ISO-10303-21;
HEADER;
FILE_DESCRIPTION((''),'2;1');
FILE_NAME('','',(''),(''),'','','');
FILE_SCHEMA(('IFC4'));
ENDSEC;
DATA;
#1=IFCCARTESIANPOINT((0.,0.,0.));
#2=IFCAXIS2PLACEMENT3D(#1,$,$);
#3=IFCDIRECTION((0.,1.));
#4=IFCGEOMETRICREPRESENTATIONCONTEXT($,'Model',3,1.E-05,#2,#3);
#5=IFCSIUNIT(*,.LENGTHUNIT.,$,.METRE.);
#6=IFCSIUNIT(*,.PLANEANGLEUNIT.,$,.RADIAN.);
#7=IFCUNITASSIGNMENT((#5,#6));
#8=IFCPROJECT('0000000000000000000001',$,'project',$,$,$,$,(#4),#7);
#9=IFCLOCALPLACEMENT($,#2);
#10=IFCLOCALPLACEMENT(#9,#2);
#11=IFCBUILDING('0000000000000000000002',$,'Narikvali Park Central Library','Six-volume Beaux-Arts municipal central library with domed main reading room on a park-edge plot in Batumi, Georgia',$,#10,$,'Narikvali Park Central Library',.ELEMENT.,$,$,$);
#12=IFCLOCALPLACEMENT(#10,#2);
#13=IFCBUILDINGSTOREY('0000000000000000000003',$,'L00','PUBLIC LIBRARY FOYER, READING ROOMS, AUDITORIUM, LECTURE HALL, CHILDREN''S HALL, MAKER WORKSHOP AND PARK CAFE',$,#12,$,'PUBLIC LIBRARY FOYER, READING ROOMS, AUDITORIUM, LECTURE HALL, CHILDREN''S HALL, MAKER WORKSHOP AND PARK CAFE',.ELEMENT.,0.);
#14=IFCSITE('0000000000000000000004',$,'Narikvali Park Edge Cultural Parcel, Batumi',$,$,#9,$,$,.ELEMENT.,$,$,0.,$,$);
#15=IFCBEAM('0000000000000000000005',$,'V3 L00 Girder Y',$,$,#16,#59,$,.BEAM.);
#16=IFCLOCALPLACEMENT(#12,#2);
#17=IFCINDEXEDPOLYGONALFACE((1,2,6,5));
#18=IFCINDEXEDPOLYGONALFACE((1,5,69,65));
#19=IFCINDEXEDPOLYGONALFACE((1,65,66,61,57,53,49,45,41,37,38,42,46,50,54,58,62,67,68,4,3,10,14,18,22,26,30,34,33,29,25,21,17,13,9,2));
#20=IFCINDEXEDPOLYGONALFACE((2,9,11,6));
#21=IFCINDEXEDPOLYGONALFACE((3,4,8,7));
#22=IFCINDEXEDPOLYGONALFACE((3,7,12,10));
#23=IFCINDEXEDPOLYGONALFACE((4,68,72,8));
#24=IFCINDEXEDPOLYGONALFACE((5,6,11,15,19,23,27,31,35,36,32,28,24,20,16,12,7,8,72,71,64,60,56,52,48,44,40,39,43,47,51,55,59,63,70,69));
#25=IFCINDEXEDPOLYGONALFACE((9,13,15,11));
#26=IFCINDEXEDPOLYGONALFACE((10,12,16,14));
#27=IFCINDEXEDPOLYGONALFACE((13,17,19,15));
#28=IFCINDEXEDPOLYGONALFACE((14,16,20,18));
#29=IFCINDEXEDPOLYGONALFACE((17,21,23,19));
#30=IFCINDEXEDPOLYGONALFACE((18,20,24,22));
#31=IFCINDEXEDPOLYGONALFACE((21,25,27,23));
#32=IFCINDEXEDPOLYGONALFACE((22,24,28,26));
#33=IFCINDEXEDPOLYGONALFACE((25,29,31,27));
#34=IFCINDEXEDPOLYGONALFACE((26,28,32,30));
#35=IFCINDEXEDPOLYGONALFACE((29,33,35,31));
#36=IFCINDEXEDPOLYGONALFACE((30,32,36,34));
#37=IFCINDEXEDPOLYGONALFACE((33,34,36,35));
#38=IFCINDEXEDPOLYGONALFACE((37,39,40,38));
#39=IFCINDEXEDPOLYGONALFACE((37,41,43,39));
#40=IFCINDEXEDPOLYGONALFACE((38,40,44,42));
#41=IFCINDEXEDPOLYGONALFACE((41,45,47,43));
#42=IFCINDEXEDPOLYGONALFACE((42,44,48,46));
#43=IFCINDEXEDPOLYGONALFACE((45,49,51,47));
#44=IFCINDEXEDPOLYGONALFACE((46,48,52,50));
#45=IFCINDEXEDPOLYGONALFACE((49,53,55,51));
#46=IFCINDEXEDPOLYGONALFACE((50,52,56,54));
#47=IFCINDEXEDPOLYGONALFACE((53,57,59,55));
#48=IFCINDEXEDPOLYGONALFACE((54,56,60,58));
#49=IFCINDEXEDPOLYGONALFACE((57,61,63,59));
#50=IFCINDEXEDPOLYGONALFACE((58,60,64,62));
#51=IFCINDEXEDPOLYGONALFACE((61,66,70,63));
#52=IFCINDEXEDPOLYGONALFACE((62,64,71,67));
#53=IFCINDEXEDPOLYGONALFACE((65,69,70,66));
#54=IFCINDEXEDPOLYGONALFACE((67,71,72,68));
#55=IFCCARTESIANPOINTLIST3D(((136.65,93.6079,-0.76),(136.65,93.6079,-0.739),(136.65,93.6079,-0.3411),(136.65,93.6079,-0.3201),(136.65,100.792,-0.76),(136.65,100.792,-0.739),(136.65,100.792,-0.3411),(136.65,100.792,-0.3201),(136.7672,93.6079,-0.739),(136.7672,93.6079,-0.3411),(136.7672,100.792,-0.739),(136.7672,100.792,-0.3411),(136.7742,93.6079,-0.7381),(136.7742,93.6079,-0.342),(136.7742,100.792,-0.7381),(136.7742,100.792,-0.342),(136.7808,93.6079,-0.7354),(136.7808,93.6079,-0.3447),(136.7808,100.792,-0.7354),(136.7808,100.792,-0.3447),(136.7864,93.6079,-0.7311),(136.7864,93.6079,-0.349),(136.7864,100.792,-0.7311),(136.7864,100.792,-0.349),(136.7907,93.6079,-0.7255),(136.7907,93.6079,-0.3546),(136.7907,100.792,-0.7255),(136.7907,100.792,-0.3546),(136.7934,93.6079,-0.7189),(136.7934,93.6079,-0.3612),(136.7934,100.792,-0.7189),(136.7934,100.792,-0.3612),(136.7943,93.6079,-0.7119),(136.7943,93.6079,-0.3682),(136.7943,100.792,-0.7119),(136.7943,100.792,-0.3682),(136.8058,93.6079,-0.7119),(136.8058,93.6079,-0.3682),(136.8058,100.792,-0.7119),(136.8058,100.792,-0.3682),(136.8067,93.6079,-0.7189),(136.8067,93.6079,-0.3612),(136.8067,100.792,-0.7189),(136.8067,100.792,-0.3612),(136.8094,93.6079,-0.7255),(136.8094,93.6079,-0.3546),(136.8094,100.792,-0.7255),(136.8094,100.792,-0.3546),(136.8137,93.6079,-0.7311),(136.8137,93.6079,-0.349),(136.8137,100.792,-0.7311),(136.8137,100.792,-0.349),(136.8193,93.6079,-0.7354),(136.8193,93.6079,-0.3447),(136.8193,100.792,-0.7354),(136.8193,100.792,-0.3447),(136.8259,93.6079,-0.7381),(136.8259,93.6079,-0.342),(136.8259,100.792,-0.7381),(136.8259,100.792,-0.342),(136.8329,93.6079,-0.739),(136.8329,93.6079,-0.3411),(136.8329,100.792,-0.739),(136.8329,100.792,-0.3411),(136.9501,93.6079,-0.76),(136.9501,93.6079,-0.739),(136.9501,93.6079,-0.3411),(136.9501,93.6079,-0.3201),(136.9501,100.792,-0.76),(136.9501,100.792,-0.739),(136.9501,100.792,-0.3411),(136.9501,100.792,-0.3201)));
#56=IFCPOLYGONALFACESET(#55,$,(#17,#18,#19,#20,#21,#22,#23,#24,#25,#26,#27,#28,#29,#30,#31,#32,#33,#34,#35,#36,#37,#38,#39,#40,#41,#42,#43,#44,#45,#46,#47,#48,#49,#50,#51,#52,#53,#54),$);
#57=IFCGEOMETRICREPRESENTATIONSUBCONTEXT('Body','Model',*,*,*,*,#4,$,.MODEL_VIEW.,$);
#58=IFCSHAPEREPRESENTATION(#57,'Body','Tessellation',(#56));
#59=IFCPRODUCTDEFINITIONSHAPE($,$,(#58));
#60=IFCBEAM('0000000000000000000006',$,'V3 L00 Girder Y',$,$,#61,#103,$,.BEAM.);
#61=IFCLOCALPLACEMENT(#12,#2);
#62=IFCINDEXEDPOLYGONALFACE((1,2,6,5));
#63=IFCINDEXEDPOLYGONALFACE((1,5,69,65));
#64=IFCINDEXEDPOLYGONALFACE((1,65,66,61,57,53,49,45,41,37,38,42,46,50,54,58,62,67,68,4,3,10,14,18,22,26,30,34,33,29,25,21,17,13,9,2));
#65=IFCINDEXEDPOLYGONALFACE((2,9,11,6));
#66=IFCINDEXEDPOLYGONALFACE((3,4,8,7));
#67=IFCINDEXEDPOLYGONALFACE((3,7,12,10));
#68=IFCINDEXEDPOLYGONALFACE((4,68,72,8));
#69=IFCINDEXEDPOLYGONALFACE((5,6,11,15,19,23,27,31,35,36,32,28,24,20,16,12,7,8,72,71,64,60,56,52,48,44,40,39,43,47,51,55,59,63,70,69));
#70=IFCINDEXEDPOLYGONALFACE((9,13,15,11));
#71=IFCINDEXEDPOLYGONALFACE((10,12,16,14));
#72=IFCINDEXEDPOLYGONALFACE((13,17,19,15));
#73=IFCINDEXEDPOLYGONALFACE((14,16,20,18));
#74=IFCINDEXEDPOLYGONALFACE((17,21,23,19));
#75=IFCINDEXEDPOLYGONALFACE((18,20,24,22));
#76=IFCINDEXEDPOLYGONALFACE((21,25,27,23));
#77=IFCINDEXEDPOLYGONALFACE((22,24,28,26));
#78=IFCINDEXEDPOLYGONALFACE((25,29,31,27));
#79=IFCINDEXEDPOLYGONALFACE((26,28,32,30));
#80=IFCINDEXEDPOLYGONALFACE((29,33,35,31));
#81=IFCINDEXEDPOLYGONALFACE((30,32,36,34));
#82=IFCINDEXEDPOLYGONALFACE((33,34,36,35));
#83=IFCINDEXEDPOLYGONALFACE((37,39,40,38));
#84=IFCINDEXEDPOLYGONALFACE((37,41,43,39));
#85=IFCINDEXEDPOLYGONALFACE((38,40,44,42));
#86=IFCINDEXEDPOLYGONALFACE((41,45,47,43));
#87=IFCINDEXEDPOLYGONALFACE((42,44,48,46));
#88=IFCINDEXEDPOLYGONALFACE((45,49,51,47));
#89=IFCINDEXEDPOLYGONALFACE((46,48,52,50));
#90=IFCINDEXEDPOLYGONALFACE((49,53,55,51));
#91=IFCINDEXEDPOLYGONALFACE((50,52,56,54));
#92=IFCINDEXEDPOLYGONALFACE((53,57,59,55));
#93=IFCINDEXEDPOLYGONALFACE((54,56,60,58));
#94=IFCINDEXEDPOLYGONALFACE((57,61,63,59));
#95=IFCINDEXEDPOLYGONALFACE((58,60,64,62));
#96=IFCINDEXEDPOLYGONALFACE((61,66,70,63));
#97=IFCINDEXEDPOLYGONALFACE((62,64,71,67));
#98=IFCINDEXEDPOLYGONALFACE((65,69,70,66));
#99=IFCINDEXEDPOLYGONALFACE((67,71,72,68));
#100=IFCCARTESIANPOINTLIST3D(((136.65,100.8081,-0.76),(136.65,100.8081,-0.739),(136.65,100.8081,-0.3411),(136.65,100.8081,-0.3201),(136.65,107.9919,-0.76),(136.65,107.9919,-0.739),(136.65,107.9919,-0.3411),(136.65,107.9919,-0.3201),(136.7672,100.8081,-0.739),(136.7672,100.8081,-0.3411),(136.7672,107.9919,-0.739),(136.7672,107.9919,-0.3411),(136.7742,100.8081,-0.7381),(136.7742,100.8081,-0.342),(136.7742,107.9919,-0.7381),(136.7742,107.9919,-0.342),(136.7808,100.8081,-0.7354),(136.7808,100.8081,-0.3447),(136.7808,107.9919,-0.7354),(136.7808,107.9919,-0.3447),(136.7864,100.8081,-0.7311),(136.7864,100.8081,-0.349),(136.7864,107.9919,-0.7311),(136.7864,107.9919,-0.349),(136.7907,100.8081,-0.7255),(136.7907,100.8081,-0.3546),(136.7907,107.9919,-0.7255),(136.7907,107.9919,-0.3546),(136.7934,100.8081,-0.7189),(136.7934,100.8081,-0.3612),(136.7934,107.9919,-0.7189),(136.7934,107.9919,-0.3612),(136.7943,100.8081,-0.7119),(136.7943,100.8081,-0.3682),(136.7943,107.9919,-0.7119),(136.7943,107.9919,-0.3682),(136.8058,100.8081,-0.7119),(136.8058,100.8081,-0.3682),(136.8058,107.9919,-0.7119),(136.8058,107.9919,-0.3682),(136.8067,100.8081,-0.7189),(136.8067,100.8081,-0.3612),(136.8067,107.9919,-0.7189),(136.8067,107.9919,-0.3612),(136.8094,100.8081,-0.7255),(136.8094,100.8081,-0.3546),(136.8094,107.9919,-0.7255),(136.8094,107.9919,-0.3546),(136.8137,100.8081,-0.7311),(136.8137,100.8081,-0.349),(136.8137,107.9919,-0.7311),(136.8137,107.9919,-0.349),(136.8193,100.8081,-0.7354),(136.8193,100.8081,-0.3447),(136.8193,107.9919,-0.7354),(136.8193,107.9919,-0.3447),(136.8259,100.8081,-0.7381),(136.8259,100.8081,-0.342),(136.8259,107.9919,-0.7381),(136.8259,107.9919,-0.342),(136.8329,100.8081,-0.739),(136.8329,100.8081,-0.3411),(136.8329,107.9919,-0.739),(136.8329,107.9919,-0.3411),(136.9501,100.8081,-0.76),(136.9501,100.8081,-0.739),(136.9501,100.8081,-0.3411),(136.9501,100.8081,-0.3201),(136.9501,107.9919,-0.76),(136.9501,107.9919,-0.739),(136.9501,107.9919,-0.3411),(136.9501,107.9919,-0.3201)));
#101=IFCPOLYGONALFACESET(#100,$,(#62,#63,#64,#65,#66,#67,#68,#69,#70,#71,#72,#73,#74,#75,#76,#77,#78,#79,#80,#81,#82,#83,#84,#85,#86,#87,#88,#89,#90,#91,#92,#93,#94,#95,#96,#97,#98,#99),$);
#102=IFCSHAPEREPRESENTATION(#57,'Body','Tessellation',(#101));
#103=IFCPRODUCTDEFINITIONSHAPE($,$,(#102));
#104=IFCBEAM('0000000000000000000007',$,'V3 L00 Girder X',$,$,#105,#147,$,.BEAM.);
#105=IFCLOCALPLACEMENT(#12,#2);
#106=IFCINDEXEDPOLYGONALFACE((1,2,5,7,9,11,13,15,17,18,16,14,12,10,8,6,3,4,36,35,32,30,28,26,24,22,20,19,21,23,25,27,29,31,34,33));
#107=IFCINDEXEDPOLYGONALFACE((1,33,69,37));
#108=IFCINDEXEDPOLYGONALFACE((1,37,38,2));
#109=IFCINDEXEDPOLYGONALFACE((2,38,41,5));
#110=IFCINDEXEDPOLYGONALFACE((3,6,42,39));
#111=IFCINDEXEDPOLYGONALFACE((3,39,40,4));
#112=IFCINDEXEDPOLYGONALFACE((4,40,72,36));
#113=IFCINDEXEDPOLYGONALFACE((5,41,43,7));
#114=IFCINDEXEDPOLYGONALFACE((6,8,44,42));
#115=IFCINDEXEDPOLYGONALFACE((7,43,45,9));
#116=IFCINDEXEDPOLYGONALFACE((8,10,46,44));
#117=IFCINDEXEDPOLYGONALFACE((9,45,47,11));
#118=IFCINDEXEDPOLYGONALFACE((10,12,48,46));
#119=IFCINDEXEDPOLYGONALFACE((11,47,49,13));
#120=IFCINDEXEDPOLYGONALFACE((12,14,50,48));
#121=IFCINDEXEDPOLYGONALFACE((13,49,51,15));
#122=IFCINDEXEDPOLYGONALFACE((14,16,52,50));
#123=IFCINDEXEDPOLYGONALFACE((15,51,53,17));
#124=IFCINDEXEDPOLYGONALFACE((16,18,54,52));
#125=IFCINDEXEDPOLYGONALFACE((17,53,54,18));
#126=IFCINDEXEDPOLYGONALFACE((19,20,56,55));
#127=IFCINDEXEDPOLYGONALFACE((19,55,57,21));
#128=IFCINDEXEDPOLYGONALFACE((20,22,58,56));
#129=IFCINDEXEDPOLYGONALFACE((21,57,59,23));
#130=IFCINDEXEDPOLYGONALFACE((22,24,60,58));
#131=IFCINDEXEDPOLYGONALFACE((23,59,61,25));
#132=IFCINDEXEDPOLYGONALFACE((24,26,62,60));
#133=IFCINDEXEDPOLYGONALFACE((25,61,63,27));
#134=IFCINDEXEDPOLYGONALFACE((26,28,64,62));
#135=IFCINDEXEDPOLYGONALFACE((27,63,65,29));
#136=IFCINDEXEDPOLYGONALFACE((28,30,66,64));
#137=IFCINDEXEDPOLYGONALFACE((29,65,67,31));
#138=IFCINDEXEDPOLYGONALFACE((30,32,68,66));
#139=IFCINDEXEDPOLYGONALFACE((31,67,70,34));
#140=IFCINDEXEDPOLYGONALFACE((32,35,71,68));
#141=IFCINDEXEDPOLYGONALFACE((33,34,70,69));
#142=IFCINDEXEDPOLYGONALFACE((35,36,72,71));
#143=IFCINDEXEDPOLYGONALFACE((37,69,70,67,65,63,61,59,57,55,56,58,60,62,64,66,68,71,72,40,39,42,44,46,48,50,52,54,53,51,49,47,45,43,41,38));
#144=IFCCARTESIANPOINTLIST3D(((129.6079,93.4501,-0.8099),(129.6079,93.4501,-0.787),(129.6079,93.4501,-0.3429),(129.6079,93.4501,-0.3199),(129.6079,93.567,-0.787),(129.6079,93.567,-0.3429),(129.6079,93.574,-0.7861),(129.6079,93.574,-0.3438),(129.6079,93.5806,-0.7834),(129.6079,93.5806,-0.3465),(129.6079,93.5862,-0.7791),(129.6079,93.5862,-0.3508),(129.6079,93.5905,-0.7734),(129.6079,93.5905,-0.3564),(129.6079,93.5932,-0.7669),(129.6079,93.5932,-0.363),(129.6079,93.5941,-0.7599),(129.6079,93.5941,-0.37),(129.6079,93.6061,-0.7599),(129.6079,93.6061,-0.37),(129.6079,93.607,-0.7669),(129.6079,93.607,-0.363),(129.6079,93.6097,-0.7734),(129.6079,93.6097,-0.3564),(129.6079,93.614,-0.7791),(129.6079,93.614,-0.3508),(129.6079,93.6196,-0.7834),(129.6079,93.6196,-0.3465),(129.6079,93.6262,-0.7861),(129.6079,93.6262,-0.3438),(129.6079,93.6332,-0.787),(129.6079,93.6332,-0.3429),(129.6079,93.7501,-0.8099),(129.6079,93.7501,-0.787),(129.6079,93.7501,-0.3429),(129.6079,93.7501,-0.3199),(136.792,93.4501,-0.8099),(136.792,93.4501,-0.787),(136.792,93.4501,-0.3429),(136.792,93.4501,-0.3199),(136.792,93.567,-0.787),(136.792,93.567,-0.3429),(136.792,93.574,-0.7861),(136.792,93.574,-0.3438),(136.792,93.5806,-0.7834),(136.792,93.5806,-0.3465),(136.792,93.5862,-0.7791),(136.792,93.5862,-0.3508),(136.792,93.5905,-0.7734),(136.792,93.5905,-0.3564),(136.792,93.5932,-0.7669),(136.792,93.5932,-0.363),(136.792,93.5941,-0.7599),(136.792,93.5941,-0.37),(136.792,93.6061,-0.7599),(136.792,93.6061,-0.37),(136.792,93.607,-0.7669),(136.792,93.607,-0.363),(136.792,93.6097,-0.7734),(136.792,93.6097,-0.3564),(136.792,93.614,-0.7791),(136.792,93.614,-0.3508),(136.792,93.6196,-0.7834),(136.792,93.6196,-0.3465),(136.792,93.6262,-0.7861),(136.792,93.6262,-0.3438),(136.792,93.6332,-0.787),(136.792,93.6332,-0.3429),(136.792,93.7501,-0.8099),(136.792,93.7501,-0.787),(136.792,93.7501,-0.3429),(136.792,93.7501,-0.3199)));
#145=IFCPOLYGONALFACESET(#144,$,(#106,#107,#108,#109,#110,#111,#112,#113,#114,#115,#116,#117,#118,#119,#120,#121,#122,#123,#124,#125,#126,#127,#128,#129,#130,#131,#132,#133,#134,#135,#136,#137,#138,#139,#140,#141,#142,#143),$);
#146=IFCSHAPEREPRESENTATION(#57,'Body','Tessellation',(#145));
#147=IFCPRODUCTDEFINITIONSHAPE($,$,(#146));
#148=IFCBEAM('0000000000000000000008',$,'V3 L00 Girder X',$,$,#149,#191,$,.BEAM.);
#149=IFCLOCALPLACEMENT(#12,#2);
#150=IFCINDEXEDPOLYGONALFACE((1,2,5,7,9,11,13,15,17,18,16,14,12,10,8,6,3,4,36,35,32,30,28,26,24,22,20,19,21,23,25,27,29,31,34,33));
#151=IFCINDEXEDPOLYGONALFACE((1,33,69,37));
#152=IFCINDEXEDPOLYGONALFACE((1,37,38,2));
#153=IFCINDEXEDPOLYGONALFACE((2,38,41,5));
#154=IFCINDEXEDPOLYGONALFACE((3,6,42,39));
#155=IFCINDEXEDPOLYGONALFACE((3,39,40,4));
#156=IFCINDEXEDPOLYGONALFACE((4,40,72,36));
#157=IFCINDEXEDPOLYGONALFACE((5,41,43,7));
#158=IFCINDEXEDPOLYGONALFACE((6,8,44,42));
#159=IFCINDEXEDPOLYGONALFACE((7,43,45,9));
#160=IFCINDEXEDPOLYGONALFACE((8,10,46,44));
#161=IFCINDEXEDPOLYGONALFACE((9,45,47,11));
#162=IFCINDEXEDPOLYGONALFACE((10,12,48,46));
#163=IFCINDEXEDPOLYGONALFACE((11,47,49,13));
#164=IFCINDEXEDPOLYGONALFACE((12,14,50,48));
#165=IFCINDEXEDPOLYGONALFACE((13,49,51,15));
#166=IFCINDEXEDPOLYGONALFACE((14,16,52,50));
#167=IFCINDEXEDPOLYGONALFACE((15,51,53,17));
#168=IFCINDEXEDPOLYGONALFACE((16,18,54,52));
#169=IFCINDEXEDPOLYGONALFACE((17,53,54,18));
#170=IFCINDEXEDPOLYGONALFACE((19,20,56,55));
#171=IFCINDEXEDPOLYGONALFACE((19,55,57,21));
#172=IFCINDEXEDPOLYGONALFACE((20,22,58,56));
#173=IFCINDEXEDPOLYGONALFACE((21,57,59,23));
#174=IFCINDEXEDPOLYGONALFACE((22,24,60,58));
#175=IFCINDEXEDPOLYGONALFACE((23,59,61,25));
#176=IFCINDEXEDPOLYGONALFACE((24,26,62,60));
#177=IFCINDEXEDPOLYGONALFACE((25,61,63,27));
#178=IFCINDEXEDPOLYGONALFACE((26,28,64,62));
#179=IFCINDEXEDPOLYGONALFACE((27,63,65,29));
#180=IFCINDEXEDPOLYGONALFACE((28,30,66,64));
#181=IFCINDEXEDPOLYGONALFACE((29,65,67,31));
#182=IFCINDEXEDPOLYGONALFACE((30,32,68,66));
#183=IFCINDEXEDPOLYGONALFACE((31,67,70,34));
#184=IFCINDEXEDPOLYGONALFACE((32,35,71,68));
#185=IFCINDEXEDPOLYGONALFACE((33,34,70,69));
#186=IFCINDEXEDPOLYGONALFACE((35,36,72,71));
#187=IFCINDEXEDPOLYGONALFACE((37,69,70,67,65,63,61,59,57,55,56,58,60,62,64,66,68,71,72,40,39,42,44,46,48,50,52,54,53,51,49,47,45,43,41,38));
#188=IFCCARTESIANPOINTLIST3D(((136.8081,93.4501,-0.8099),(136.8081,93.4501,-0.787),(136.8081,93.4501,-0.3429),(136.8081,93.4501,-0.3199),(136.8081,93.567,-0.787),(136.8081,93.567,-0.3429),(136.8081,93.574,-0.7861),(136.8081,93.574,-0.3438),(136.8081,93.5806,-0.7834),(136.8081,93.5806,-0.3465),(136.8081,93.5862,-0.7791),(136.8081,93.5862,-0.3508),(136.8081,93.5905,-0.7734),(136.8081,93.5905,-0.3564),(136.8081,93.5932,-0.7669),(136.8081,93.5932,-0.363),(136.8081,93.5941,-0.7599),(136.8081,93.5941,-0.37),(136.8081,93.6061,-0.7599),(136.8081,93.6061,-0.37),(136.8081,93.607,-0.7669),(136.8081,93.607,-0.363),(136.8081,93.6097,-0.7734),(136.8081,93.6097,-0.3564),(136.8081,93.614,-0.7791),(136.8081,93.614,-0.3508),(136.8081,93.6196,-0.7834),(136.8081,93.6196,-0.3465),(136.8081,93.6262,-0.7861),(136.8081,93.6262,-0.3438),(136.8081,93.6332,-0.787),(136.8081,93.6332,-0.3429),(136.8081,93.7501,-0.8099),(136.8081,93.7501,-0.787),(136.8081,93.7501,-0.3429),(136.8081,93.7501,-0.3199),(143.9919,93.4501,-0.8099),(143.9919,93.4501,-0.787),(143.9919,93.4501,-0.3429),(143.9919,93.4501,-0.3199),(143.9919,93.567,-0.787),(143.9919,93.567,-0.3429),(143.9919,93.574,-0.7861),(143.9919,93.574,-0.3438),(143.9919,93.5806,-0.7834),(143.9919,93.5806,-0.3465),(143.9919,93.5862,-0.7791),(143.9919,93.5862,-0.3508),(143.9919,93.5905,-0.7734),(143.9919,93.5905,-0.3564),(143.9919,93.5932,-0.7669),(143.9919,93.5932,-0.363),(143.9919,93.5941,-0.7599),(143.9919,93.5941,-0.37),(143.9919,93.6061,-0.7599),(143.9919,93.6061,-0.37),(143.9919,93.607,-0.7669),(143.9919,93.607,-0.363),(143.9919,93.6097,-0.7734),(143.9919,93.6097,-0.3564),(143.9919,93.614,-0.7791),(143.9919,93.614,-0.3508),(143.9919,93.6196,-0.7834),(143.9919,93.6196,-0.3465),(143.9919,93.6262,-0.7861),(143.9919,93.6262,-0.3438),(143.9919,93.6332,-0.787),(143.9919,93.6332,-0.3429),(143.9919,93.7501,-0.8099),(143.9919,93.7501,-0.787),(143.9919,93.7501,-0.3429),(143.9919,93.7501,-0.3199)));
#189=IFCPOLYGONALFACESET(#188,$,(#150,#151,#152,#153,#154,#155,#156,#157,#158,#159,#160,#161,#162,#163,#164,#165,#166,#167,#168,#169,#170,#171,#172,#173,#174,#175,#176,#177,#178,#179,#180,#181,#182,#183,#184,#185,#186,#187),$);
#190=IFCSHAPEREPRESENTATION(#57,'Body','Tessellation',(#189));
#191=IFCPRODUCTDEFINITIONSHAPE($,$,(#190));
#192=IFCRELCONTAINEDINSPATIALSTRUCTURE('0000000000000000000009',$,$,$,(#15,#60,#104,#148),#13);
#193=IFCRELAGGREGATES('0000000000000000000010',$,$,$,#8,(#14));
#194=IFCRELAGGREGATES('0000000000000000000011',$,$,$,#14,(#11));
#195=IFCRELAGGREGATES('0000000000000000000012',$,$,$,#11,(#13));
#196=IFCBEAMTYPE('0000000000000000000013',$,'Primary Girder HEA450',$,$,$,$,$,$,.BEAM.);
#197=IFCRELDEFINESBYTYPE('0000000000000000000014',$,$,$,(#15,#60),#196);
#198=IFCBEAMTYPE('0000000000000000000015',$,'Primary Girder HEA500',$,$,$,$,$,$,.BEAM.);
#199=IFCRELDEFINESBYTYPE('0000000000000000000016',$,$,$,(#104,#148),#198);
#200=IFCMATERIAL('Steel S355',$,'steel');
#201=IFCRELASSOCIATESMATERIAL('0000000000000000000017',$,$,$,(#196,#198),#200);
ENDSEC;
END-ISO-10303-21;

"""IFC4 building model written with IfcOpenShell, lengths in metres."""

from ifc_helpers import new_model, si_unit, direction, frame, origin, origin_2d, place, context, subcontext, project, spatial, i_section, extrude, material, material_profile, profile_set, type_object, element, save


model = new_model("IFC4")

# Units and contexts
model_context = context("Model", 3, precision=1e-05, world=origin(), true_north=direction((0.0, 1.0)))
body_context = subcontext(model_context, "Body", "Model", "MODEL_VIEW")
ifc_project = project(units=[si_unit("LENGTHUNIT", "METRE"), si_unit("PLANEANGLEUNIT", "RADIAN")], contexts=[model_context])

# Site, building, storey
site_placement = place(None, origin())
site = spatial("IfcSite", under=ifc_project, at=site_placement, Name="Narikvali Park Edge Cultural Parcel, Batumi", CompositionType="ELEMENT", RefElevation=0.0)
building_placement = place(site_placement, origin())
building = spatial("IfcBuilding", under=site, at=building_placement, Name="Narikvali Park Central Library", Description="Six-volume Beaux-Arts municipal central library with domed main reading room on a park-edge plot in Batumi, Georgia", LongName="Narikvali Park Central Library", CompositionType="ELEMENT")
storey_placement = place(building_placement, origin())
storey = spatial("IfcBuildingStorey", under=building, at=storey_placement, Name="L00", Description="PUBLIC LIBRARY FOYER, READING ROOMS, AUDITORIUM, LECTURE HALL, CHILDREN'S HALL, MAKER WORKSHOP AND PARK CAFE", LongName="PUBLIC LIBRARY FOYER, READING ROOMS, AUDITORIUM, LECTURE HALL, CHILDREN'S HALL, MAKER WORKSHOP AND PARK CAFE", CompositionType="ELEMENT", Elevation=0.0)

# Shared definitions
ifc_material_1 = material(Name="Steel S355", Category="steel")

# Beams
ifc_material_profile_1 = material_profile(ifc_material_1, i_section(OverallWidth=0.3, OverallDepth=0.4399, WebThickness=0.0115, FlangeThickness=0.021, FilletRadius=0.0271, at=origin_2d()), Name="HEA 450")
ifc_profile_set_1 = profile_set([ifc_material_profile_1], Name="Steel S355")
beam_type_1 = type_object("IfcBeamType", Name="Primary Girder HEA450", PredefinedType="BEAM", material=ifc_profile_set_1)
beam_1_placement = place(storey_placement, frame((136.8, 93.6079, -0.54), z_axis=(0.0, 1.0, 0.0), x_axis=(-1.0, 0.0, 0.0)))
element("IfcBeam", 1, at=beam_1_placement, inside=storey, type_object=beam_type_1, Name="V3 L00 Girder Y", PredefinedType="BEAM", context=body_context, shape_type="SweptSolid", body=[
    extrude(i_section(OverallWidth=0.3, OverallDepth=0.4399, WebThickness=0.0115, FlangeThickness=0.021, FilletRadius=0.0271, at=origin_2d()), origin(), (0.0, 0.0, 1.0), 7.1841),
])
beam_2_placement = place(storey_placement, frame((136.8, 100.8081, -0.54), z_axis=(0.0, 1.0, 0.0), x_axis=(-1.0, 0.0, 0.0)))
element("IfcBeam", 2, at=beam_2_placement, inside=storey, type_object=beam_type_1, Name="V3 L00 Girder Y", PredefinedType="BEAM", context=body_context, shape_type="SweptSolid", body=[
    extrude(i_section(OverallWidth=0.3, OverallDepth=0.4399, WebThickness=0.0115, FlangeThickness=0.021, FilletRadius=0.0271, at=origin_2d()), origin(), (0.0, 0.0, 1.0), 7.1838),
])
ifc_material_profile_2 = material_profile(ifc_material_1, i_section(OverallWidth=0.3, OverallDepth=0.49, WebThickness=0.012, FlangeThickness=0.0229, FilletRadius=0.0271, at=origin_2d()), Name="HEA 500")
ifc_profile_set_2 = profile_set([ifc_material_profile_2], Name="Steel S355")
beam_type_2 = type_object("IfcBeamType", Name="Primary Girder HEA500", PredefinedType="BEAM", material=ifc_profile_set_2)
beam_3_placement = place(storey_placement, frame((129.6079, 93.6001, -0.5649), z_axis=(1.0, 0.0, 0.0), x_axis=(0.0, 1.0, 0.0)))
element("IfcBeam", 3, at=beam_3_placement, inside=storey, type_object=beam_type_2, Name="V3 L00 Girder X", PredefinedType="BEAM", context=body_context, shape_type="SweptSolid", body=[
    extrude(i_section(OverallWidth=0.3, OverallDepth=0.49, WebThickness=0.012, FlangeThickness=0.0229, FilletRadius=0.0271, at=origin_2d()), origin(), (0.0, 0.0, 1.0), 7.1841),
])
beam_4_placement = place(storey_placement, frame((136.8081, 93.6001, -0.5649), z_axis=(1.0, 0.0, 0.0), x_axis=(0.0, 1.0, 0.0)))
element("IfcBeam", 4, at=beam_4_placement, inside=storey, type_object=beam_type_2, Name="V3 L00 Girder X", PredefinedType="BEAM", context=body_context, shape_type="SweptSolid", body=[
    extrude(i_section(OverallWidth=0.3, OverallDepth=0.49, WebThickness=0.012, FlangeThickness=0.0229, FilletRadius=0.0271, at=origin_2d()), origin(), (0.0, 0.0, 1.0), 7.1838),
])

save(model, "model.ifc")
